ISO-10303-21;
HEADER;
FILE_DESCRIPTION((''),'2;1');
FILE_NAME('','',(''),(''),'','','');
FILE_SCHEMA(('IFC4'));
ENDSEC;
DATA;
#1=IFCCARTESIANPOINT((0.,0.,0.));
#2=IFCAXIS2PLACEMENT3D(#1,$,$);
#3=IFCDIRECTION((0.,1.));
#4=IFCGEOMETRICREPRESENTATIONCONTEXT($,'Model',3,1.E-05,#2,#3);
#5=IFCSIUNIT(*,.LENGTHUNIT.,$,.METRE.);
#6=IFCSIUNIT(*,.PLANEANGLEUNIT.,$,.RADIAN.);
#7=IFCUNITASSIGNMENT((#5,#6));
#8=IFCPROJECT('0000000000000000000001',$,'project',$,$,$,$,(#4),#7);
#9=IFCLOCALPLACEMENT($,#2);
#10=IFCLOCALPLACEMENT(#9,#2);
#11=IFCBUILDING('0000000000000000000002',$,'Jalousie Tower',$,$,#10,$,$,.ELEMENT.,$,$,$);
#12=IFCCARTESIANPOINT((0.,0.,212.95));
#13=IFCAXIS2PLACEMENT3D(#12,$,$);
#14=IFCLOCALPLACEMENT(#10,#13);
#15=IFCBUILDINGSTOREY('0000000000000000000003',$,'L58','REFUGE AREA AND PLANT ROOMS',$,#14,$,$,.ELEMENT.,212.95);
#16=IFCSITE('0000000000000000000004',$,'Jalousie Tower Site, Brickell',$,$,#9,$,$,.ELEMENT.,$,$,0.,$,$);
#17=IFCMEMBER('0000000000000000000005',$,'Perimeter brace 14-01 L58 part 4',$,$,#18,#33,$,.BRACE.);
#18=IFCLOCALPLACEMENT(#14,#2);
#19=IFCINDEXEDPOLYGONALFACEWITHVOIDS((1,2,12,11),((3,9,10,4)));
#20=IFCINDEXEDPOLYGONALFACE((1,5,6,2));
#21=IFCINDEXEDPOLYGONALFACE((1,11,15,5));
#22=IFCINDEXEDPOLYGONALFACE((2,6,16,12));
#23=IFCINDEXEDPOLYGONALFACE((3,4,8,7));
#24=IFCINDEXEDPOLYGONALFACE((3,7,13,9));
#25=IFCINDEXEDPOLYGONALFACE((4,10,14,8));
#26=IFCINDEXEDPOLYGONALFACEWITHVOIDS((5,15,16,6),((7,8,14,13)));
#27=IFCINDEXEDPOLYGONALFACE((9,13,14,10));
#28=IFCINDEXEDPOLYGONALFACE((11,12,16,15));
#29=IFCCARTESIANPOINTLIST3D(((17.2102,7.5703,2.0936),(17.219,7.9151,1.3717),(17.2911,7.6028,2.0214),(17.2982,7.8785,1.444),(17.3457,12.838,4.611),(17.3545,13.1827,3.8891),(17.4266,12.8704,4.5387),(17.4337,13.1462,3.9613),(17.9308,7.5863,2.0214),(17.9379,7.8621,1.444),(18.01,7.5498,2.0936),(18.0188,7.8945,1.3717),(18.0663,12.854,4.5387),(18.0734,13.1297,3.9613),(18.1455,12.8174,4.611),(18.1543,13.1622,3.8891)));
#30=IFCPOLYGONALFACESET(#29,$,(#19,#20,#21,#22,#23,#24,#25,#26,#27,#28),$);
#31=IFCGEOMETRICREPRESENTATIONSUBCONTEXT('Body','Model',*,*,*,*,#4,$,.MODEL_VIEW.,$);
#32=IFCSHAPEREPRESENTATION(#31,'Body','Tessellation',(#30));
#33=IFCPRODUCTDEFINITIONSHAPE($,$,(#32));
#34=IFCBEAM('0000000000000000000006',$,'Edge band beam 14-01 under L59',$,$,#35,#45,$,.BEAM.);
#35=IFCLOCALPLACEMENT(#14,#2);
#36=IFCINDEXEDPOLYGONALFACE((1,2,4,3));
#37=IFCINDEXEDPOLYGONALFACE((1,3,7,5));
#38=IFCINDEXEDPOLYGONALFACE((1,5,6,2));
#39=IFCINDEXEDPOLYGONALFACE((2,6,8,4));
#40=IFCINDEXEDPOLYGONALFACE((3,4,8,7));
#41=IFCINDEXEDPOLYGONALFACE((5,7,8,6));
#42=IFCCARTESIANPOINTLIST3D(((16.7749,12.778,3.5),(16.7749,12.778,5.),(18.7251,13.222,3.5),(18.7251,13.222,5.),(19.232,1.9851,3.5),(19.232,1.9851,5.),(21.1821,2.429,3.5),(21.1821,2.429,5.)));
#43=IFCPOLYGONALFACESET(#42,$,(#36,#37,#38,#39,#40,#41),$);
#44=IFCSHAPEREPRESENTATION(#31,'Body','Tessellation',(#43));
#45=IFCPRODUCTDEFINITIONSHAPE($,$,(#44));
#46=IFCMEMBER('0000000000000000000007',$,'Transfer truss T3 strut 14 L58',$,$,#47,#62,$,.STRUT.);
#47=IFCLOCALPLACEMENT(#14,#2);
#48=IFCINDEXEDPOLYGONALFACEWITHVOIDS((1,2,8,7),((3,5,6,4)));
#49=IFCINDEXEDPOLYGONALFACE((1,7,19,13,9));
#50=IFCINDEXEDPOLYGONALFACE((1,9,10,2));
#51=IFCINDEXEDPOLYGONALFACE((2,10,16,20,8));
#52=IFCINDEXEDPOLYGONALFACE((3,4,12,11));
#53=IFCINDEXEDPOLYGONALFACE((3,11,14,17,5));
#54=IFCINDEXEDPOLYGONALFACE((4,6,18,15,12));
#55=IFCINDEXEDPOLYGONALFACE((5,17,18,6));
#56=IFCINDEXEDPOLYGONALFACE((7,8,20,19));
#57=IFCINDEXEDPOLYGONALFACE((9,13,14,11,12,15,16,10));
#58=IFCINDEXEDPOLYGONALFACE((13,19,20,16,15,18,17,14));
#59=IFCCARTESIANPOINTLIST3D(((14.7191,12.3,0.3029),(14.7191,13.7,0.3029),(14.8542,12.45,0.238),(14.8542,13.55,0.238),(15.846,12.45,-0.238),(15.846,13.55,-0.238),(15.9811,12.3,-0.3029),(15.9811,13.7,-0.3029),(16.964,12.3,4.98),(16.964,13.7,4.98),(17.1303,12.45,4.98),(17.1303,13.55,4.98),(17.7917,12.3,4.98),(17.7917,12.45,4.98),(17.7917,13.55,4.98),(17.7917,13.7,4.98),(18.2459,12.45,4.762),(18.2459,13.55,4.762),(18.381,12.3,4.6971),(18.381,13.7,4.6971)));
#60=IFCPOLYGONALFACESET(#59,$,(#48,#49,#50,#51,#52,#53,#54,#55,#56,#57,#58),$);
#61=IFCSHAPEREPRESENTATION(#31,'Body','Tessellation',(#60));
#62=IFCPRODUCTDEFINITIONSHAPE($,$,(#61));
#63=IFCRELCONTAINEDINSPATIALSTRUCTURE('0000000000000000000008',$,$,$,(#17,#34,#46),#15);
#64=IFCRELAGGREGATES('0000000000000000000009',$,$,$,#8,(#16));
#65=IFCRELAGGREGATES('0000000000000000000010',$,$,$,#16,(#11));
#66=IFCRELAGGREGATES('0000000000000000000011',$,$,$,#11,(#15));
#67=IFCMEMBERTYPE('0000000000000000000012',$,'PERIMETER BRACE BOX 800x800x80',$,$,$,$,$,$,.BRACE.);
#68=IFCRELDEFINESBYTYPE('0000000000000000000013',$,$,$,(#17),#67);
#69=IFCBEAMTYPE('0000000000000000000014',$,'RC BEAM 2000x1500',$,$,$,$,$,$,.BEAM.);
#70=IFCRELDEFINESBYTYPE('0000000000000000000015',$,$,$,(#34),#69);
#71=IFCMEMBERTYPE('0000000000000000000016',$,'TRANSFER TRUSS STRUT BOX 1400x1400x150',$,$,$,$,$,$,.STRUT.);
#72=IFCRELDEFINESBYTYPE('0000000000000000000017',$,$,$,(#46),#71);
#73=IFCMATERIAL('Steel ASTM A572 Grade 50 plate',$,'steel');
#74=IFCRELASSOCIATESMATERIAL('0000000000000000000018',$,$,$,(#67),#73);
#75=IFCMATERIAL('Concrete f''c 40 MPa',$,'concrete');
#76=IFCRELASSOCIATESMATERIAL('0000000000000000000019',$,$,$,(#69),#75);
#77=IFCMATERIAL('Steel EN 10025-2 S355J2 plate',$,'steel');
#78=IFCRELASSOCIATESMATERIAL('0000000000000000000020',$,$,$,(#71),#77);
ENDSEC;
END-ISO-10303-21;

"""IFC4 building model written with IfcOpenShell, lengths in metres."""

from ifc_helpers import new_model, si_unit, direction, frame, origin, origin_2d, place, context, subcontext, project, spatial, rectangle, hollow_rectangle, extrude, clip, halfspace, material, material_profile, profile_set, type_object, element, save


model = new_model("IFC4")

# Units and contexts
model_context = context("Model", 3, precision=1e-05, world=origin(), true_north=direction((0.0, 1.0)))
body_context = subcontext(model_context, "Body", "Model", "MODEL_VIEW")
ifc_project = project(units=[si_unit("LENGTHUNIT", "METRE"), si_unit("PLANEANGLEUNIT", "RADIAN")], contexts=[model_context])

# Site, building, storey
site_placement = place(None, origin())
site = spatial("IfcSite", under=ifc_project, at=site_placement, Name="Jalousie Tower Site, Brickell", CompositionType="ELEMENT", RefElevation=0.0)
building_placement = place(site_placement, origin())
building = spatial("IfcBuilding", under=site, at=building_placement, Name="Jalousie Tower", CompositionType="ELEMENT")
storey_placement = place(building_placement, frame((0.0, 0.0, 212.95)))
storey = spatial("IfcBuildingStorey", under=building, at=storey_placement, Name="L58", Description="REFUGE AREA AND PLANT ROOMS", CompositionType="ELEMENT", Elevation=212.95)

# Member
ifc_material_1 = material(Name="Steel ASTM A572 Grade 50 plate", Category="steel")
ifc_material_profile_1 = material_profile(ifc_material_1, hollow_rectangle(XDim=0.8, YDim=0.8, WallThickness=0.0801, at=origin_2d()), Name="BOX 800x800x80")
ifc_profile_set_1 = profile_set([ifc_material_profile_1], Name="Steel ASTM A572 Grade 50 plate")
member_type_1 = type_object("IfcMemberType", Name="PERIMETER BRACE BOX 800x800x80", PredefinedType="BRACE", material=ifc_profile_set_1)
member_1_placement = place(storey_placement, frame((17.6145, 7.7324, 1.7327), z_axis=(0.023203, 0.902021, 0.431069), x_axis=(-0.999669, 0.025715, 0.0)))
element("IfcMember", 1, at=member_1_placement, inside=storey, type_object=member_type_1, Name="Perimeter brace 14-01 L58 part 4", PredefinedType="BRACE", context=body_context, shape_type="SweptSolid", body=[
    extrude(hollow_rectangle(XDim=0.8, YDim=0.8, WallThickness=0.0801, at=origin_2d()), origin(), (0.0, 0.0, 1.0), 5.8398),
])

# Beam
ifc_material_2 = material(Name="Concrete f'c 40 MPa", Category="concrete")
ifc_material_profile_2 = material_profile(ifc_material_2, rectangle(XDim=2.0, YDim=1.5, at=origin_2d()), Name="RC 2000x1500")
ifc_profile_set_2 = profile_set([ifc_material_profile_2], Name="Concrete f'c 40 MPa")
beam_type = type_object("IfcBeamType", Name="RC BEAM 2000x1500", PredefinedType="BEAM", material=ifc_profile_set_2)
beam_placement = place(storey_placement, frame((17.75, 13.0, 4.25), z_axis=(0.221972, -0.975053, 0.0), x_axis=(0.975053, 0.221972, 0.0)))
element("IfcBeam", 2, at=beam_placement, inside=storey, type_object=beam_type, Name="Edge band beam 14-01 under L59", PredefinedType="BEAM", context=body_context, shape_type="SweptSolid", body=[
    extrude(rectangle(XDim=2.0, YDim=1.5, at=origin_2d()), origin(), (0.0, 0.0, 1.0), 11.0691),
])

# Member
ifc_material_3 = material(Name="Steel EN 10025-2 S355J2 plate", Category="steel")
ifc_material_profile_3 = material_profile(ifc_material_3, hollow_rectangle(XDim=1.3999, YDim=1.3999, WallThickness=0.1499, at=origin_2d()), Name="BOX 1400x1400x150")
ifc_profile_set_3 = profile_set([ifc_material_profile_3], Name="Steel EN 10025-2 S355J2 plate")
member_type_2 = type_object("IfcMemberType", Name="TRANSFER TRUSS STRUT BOX 1400x1400x150", PredefinedType="STRUT", material=ifc_profile_set_3)
member_2_placement = place(storey_placement, frame((15.3501, 13.0, 0.0), z_axis=(0.432717, 0.0, 0.90153), x_axis=(0.0, 1.0, 0.0)))
element("IfcMember", 3, at=member_2_placement, inside=storey, type_object=member_type_2, Name="Transfer truss T3 strut 14 L58", PredefinedType="STRUT", context=body_context, shape_type="Clipping", body=[
    clip(extrude(hollow_rectangle(XDim=1.3999, YDim=1.3999, WallThickness=0.1499, at=origin_2d()), origin(), (0.0, 0.0, 1.0), 5.5461), halfspace(frame((0.0, 0.0, 5.5239), z_axis=(0.0, 0.432717, 0.90153)), False)),
])

save(model, "model.ifc")
